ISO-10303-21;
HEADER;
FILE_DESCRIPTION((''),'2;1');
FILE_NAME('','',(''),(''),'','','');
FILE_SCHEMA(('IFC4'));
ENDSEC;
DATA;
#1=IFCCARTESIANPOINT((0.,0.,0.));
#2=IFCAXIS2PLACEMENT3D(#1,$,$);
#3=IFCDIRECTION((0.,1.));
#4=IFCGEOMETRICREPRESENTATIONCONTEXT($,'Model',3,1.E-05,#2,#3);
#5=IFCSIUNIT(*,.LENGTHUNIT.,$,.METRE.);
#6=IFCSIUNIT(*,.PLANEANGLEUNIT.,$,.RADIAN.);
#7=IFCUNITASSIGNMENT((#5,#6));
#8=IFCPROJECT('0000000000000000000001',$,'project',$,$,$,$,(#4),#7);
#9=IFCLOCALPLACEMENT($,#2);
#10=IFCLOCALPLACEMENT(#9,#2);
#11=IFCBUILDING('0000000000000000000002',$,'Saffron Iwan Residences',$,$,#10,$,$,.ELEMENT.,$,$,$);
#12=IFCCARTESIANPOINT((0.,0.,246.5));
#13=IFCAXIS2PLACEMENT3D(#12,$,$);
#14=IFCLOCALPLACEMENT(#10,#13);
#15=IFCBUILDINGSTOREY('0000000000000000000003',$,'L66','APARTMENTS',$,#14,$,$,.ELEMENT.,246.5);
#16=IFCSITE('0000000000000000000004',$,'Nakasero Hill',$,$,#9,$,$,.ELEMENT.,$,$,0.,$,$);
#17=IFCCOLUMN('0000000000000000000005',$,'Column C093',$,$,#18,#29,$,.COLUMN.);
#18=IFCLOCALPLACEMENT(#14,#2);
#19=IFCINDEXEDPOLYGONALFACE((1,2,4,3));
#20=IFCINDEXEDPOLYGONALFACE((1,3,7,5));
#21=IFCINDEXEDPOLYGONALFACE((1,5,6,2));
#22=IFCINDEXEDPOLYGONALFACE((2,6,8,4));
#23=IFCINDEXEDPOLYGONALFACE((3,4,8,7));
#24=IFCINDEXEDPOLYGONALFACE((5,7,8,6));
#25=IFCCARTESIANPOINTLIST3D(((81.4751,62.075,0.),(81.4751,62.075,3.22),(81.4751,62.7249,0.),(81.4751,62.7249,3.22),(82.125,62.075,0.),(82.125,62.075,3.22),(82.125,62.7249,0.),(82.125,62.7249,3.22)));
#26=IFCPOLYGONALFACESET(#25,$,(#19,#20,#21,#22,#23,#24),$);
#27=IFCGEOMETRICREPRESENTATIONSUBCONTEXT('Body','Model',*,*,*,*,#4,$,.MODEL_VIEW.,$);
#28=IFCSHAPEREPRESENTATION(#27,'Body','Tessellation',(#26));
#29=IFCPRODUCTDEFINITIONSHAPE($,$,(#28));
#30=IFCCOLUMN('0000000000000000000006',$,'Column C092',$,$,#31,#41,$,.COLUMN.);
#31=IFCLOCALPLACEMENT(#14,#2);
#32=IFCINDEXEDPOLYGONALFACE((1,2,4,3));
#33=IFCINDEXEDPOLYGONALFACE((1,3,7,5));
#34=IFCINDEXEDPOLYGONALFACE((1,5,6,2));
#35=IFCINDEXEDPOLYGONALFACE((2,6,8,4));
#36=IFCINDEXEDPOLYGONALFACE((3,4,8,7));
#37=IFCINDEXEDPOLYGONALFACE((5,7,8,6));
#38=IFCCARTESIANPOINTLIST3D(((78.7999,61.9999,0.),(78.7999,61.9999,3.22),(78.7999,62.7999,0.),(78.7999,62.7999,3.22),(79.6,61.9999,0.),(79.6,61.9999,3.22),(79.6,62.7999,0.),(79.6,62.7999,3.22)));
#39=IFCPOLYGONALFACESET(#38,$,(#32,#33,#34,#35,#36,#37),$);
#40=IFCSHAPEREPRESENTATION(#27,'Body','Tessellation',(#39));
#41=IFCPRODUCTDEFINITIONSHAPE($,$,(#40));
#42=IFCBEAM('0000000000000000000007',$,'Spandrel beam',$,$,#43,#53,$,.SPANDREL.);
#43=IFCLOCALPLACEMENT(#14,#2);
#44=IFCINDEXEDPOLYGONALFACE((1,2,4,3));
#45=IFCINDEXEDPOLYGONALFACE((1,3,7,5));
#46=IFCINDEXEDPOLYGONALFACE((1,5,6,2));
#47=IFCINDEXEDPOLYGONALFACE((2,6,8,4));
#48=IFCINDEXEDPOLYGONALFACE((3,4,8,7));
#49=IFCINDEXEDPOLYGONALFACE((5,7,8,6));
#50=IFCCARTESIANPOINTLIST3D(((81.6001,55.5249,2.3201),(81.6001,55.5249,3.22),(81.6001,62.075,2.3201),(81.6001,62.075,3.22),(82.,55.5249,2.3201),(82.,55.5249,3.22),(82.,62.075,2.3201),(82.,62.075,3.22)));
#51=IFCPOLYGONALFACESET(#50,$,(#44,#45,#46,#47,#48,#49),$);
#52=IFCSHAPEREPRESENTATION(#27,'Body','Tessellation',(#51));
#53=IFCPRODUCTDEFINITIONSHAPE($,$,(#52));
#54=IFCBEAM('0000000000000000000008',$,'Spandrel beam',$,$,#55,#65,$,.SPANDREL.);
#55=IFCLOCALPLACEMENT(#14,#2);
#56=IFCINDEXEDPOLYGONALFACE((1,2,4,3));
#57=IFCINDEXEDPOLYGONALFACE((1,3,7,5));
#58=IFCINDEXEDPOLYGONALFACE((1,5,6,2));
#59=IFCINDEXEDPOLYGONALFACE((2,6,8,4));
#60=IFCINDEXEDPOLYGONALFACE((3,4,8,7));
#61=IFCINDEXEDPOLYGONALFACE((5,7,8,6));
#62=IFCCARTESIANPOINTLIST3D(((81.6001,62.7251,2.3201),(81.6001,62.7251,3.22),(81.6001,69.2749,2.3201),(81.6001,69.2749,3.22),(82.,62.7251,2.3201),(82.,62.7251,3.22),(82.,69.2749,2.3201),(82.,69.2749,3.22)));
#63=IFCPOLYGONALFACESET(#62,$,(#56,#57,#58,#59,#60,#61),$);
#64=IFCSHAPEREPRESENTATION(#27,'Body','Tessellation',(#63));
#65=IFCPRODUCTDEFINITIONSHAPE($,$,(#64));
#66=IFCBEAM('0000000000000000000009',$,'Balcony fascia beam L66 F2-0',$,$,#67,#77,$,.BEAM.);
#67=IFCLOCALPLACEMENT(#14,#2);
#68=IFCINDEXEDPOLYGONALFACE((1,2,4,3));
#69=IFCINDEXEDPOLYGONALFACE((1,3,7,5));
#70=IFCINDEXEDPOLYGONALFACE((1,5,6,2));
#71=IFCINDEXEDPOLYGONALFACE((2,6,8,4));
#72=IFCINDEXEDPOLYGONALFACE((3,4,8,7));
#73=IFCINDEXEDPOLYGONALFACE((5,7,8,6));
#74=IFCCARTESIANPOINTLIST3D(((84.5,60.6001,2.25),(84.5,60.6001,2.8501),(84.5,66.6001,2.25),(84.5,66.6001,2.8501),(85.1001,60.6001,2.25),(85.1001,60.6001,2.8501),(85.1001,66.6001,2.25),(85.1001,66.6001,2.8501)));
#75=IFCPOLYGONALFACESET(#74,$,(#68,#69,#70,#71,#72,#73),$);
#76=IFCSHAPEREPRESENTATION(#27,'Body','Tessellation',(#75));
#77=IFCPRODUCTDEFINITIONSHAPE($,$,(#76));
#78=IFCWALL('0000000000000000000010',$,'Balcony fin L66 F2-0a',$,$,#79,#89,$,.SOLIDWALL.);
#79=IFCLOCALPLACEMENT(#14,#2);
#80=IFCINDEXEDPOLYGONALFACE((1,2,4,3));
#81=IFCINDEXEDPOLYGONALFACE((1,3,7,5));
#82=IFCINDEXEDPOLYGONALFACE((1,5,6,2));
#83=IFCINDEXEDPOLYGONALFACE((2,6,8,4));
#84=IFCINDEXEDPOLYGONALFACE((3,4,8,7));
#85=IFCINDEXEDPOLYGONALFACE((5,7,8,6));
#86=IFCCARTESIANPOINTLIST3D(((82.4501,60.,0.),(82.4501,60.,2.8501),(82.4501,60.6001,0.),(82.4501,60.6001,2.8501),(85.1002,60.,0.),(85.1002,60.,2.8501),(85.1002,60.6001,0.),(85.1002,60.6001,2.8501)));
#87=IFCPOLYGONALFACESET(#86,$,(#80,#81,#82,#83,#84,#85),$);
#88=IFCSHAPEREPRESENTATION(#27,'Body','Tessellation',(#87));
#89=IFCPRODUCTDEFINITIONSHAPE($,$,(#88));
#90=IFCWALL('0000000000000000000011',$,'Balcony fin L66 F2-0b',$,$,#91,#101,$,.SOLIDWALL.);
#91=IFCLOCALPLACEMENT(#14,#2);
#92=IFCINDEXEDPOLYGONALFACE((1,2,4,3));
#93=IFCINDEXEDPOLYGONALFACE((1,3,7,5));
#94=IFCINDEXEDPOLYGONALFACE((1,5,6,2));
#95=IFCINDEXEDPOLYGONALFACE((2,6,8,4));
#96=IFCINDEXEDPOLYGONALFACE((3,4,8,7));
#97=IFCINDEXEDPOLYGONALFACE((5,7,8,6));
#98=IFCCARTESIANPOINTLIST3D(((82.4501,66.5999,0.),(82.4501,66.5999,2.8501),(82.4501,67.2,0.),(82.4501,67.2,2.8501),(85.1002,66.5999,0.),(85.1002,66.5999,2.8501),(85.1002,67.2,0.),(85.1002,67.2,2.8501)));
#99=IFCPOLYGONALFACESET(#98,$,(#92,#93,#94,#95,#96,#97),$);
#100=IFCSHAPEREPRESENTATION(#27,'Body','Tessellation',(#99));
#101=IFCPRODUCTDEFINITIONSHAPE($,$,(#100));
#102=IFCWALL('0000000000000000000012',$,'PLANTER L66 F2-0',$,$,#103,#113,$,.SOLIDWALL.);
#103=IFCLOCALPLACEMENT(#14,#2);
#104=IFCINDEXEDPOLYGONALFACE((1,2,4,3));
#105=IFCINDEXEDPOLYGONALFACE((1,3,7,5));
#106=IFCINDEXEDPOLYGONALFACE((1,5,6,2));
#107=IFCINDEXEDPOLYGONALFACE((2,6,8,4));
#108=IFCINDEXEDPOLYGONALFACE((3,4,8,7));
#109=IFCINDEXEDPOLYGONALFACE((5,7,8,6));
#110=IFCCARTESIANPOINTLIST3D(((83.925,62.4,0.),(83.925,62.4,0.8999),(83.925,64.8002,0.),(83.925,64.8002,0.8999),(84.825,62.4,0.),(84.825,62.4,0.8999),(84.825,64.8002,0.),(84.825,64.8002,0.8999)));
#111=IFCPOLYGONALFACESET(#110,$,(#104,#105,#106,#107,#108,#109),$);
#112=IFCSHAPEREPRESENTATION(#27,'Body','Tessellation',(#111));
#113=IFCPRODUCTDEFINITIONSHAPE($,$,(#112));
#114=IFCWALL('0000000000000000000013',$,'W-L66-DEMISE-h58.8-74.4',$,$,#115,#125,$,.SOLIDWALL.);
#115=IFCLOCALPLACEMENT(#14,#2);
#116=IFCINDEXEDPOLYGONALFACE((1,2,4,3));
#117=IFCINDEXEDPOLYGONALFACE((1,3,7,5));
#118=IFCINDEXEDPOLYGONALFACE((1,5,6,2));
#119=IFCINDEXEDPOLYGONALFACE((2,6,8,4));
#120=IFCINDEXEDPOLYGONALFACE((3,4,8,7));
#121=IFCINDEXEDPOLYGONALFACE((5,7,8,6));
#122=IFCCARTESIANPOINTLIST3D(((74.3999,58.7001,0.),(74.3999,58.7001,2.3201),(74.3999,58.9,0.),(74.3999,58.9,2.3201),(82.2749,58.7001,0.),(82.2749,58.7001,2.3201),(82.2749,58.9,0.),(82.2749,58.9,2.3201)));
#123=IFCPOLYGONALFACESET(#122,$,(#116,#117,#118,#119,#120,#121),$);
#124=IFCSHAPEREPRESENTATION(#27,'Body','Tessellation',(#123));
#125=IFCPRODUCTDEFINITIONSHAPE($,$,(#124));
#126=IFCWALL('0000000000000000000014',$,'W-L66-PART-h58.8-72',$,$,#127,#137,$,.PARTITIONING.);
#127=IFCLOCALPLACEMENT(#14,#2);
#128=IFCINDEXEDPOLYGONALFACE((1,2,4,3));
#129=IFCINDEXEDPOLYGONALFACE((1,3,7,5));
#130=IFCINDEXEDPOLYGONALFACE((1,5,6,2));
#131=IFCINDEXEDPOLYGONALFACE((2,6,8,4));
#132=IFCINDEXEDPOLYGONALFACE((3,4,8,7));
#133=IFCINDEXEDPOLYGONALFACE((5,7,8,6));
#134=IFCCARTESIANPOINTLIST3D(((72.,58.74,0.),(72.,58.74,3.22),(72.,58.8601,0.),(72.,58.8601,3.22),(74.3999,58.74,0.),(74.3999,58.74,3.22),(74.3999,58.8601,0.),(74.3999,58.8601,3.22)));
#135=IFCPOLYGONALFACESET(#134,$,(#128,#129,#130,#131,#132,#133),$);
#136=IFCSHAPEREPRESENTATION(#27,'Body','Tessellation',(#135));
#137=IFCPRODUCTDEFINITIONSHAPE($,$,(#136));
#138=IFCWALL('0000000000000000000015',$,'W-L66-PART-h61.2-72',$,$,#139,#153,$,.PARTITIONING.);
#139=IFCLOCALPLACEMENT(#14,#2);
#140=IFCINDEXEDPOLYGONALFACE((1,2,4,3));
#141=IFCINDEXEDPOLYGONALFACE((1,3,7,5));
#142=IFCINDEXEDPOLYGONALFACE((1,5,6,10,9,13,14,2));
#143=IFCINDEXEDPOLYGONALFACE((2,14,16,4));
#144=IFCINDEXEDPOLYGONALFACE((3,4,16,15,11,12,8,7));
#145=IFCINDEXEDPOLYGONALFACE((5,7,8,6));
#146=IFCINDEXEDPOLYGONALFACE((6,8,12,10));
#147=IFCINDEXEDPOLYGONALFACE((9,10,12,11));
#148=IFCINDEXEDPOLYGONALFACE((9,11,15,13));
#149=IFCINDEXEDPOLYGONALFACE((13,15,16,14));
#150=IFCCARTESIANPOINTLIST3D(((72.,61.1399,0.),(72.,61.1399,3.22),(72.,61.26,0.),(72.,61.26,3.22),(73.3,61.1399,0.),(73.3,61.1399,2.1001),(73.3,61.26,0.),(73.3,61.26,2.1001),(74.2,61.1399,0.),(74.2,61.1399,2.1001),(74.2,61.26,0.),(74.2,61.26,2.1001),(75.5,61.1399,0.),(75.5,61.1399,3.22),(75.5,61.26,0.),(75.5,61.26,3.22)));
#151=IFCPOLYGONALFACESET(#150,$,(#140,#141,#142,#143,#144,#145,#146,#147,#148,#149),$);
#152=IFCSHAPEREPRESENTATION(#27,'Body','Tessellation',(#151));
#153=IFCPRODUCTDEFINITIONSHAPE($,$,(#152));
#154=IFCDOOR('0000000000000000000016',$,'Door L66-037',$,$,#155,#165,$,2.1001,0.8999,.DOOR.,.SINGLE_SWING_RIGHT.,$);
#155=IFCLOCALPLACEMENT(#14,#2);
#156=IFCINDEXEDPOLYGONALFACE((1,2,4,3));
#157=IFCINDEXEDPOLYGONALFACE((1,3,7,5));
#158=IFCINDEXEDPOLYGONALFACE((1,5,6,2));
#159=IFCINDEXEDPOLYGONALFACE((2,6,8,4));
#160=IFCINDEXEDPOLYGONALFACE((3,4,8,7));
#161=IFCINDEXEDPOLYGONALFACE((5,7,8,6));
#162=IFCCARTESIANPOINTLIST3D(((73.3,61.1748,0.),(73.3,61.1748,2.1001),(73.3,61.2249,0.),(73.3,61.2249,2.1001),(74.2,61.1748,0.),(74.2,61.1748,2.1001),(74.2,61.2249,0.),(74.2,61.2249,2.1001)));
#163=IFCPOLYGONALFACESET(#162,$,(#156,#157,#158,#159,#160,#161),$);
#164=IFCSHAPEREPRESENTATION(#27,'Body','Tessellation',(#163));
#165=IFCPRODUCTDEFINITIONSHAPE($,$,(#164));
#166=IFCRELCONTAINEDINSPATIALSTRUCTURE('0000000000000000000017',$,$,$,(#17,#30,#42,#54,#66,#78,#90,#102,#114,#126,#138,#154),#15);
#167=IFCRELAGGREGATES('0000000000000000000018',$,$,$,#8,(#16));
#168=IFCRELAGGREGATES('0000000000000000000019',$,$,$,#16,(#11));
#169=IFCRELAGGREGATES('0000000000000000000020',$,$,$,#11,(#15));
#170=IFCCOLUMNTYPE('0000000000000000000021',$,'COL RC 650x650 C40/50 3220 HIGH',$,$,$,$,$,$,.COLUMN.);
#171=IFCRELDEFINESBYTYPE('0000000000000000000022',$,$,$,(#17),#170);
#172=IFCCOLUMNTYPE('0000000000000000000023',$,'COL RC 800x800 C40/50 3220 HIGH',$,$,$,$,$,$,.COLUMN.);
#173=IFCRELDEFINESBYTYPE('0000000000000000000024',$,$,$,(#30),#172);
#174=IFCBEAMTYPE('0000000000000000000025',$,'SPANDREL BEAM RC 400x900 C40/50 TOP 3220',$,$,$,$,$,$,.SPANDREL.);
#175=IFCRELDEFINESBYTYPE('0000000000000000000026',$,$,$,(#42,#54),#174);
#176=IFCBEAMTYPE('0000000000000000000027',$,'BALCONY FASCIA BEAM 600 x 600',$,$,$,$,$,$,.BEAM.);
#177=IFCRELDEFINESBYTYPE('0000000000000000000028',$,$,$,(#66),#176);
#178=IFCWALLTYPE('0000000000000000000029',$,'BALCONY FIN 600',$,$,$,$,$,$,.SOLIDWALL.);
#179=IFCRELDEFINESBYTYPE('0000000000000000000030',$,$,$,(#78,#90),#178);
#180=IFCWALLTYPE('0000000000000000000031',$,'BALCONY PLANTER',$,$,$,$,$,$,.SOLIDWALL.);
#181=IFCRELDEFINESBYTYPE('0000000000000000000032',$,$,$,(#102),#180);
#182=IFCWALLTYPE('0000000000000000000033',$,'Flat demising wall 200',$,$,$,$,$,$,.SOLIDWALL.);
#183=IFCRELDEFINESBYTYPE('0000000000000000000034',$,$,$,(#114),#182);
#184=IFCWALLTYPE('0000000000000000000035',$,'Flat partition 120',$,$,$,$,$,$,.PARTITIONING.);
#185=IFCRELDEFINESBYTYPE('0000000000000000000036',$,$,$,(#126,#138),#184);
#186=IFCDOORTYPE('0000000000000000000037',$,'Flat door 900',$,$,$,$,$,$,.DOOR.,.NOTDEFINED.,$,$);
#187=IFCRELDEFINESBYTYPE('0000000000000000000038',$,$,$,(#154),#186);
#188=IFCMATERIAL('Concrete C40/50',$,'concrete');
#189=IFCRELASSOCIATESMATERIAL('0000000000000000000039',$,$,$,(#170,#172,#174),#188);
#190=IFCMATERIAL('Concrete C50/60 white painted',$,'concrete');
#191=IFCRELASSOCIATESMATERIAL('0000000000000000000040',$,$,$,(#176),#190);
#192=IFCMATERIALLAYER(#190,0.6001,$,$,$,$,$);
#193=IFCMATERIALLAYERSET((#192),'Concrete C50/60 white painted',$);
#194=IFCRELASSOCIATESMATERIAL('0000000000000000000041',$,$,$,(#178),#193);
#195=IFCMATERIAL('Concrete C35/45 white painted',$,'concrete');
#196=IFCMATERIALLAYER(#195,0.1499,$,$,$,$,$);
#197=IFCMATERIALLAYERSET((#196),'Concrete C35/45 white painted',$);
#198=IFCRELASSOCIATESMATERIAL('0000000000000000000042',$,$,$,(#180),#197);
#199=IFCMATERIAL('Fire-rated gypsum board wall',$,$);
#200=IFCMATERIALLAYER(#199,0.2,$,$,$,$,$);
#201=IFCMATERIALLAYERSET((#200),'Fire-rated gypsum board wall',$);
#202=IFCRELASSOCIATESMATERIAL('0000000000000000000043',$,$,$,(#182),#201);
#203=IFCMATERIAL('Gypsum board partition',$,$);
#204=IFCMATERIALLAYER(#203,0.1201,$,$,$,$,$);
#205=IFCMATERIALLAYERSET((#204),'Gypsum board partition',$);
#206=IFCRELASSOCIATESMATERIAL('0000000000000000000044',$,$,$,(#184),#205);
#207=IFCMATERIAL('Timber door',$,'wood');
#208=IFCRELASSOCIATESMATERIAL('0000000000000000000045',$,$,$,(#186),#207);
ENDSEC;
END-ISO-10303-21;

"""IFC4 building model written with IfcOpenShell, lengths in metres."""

from ifc_helpers import new_model, si_unit, direction, frame, frame_2d, origin, origin_2d, place, context, subcontext, project, spatial, rectangle, extrude, source, transform, mapped, material, layer, layer_set, material_profile, profile_set, type_object, element, fill, save


model = new_model("IFC4")

# Units and contexts
model_context = context("Model", 3, precision=1e-05, world=origin(), true_north=direction((0.0, 1.0)))
body_context = subcontext(model_context, "Body", "Model", "MODEL_VIEW")
ifc_project = project(units=[si_unit("LENGTHUNIT", "METRE"), si_unit("PLANEANGLEUNIT", "RADIAN")], contexts=[model_context])

# Site, building, storey
site_placement = place(None, origin())
site = spatial("IfcSite", under=ifc_project, at=site_placement, Name="Nakasero Hill", CompositionType="ELEMENT", RefElevation=0.0)
building_placement = place(site_placement, origin())
building = spatial("IfcBuilding", under=site, at=building_placement, Name="Saffron Iwan Residences", CompositionType="ELEMENT")
storey_placement = place(building_placement, frame((0.0, 0.0, 246.5)))
storey = spatial("IfcBuildingStorey", under=building, at=storey_placement, Name="L66", Description="APARTMENTS", CompositionType="ELEMENT", Elevation=246.5)

# Columns
ifc_material_1 = material(Name="Concrete C40/50", Category="concrete")
ifc_material_profile_1 = material_profile(ifc_material_1, rectangle(XDim=0.6499, YDim=0.6499, at=origin_2d()), Name="RC 650x650")
ifc_profile_set_1 = profile_set([ifc_material_profile_1], Name="Concrete C40/50")
column_type_1 = type_object("IfcColumnType", Name="COL RC 650x650 C40/50 3220 HIGH", PredefinedType="COLUMN", material=ifc_profile_set_1)
shared_shape_1 = source(origin(), body_context, "Body", "SweptSolid", [
    extrude(rectangle(XDim=0.6499, YDim=0.6499, at=origin_2d()), origin(), (0.0, 0.0, 1.0), 3.22),
])
column_1_placement = place(storey_placement, frame((81.8, 62.3999, 0.0), z_axis=(0.0, 0.0, 1.0), x_axis=(1.0, 0.0, 0.0)))
element("IfcColumn", 1, at=column_1_placement, inside=storey, type_object=column_type_1, Name="Column C093", PredefinedType="COLUMN", context=body_context, shape_type="MappedRepresentation", body=[
    mapped(shared_shape_1, transform((0.0, 0.0, 0.0))),
])
ifc_material_profile_2 = material_profile(ifc_material_1, rectangle(XDim=0.8, YDim=0.8, at=origin_2d()), Name="RC 800x800")
ifc_profile_set_2 = profile_set([ifc_material_profile_2], Name="Concrete C40/50")
column_type_2 = type_object("IfcColumnType", Name="COL RC 800x800 C40/50 3220 HIGH", PredefinedType="COLUMN", material=ifc_profile_set_2)
shared_shape_2 = source(origin(), body_context, "Body", "SweptSolid", [
    extrude(rectangle(XDim=0.8, YDim=0.8, at=origin_2d()), origin(), (0.0, 0.0, 1.0), 3.22),
])
column_2_placement = place(storey_placement, frame((79.2, 62.3999, 0.0), z_axis=(0.0, 0.0, 1.0), x_axis=(1.0, 0.0, 0.0)))
element("IfcColumn", 2, at=column_2_placement, inside=storey, type_object=column_type_2, Name="Column C092", PredefinedType="COLUMN", context=body_context, shape_type="MappedRepresentation", body=[
    mapped(shared_shape_2, transform((0.0, 0.0, 0.0))),
])

# Beams
ifc_material_profile_3 = material_profile(ifc_material_1, rectangle(XDim=0.3999, YDim=0.8999, at=origin_2d()), Name="RC 400x900")
ifc_profile_set_3 = profile_set([ifc_material_profile_3], Name="Concrete C40/50")
beam_type_1 = type_object("IfcBeamType", Name="SPANDREL BEAM RC 400x900 C40/50 TOP 3220", PredefinedType="SPANDREL", material=ifc_profile_set_3)
shared_shape_3 = source(origin(), body_context, "Body", "SweptSolid", [
    extrude(rectangle(XDim=0.3999, YDim=0.8999, at=origin_2d()), origin(), (0.0, 0.0, 1.0), 6.55),
])
beam_1_placement = place(storey_placement, frame((81.8, 62.075, 2.77), z_axis=(0.0, -1.0, 0.0), x_axis=(1.0, 0.0, 0.0)))
element("IfcBeam", 3, at=beam_1_placement, inside=storey, type_object=beam_type_1, Name="Spandrel beam", PredefinedType="SPANDREL", context=body_context, shape_type="MappedRepresentation", body=[
    mapped(shared_shape_3, transform((0.0, 0.0, 0.0))),
])
shared_shape_4 = source(origin(), body_context, "Body", "SweptSolid", [
    extrude(rectangle(XDim=0.3999, YDim=0.8999, at=origin_2d()), origin(), (0.0, 0.0, 1.0), 6.5498),
])
beam_2_placement = place(storey_placement, frame((81.8, 69.2749, 2.77), z_axis=(0.0, -1.0, 0.0), x_axis=(1.0, 0.0, 0.0)))
element("IfcBeam", 4, at=beam_2_placement, inside=storey, type_object=beam_type_1, Name="Spandrel beam", PredefinedType="SPANDREL", context=body_context, shape_type="MappedRepresentation", body=[
    mapped(shared_shape_4, transform((0.0, 0.0, 0.0))),
])
ifc_material_2 = material(Name="Concrete C50/60 white painted", Category="concrete")
ifc_material_profile_4 = material_profile(ifc_material_2, rectangle(XDim=0.6001, YDim=0.6001, at=origin_2d()), Name="BALCONY FASCIA BEAM 600 x 600")
ifc_profile_set_4 = profile_set([ifc_material_profile_4], Name="Concrete C50/60 white painted")
beam_type_2 = type_object("IfcBeamType", Name="BALCONY FASCIA BEAM 600 x 600", PredefinedType="BEAM", material=ifc_profile_set_4)
shared_shape_5 = source(origin(), body_context, "Body", "SweptSolid", [
    extrude(rectangle(XDim=0.6001, YDim=0.6001, at=origin_2d()), origin(), (0.0, 0.0, 1.0), 6.0),
])
beam_3_placement = place(storey_placement, frame((84.8, 60.6001, 2.55), z_axis=(0.0, 1.0, 0.0), x_axis=(-1.0, 0.0, 0.0)))
element("IfcBeam", 5, at=beam_3_placement, inside=storey, type_object=beam_type_2, Name="Balcony fascia beam L66 F2-0", PredefinedType="BEAM", context=body_context, shape_type="MappedRepresentation", body=[
    mapped(shared_shape_5, transform((0.0, 0.0, 0.0))),
])

# Walls
ifc_layer_1 = layer(ifc_material_2, 0.6001)
ifc_layer_set_1 = layer_set([ifc_layer_1], Name="Concrete C50/60 white painted")
wall_type_1 = type_object("IfcWallType", Name="BALCONY FIN 600", PredefinedType="SOLIDWALL", material=ifc_layer_set_1)
for number, where, z_axis, x_axis, name in (
    (6, (82.45, 60.3, 0.0), (0.0, 0.0, 1.0), (1.0, 0.0, 0.0), "Balcony fin L66 F2-0a"),
    (7, (82.45, 66.8999, 0.0), (0.0, 0.0, 1.0), (1.0, 0.0, 0.0), "Balcony fin L66 F2-0b"),
):
    element("IfcWall", number, at=place(storey_placement, frame(where, z_axis=z_axis, x_axis=x_axis)), inside=storey, type_object=wall_type_1, Name=name, PredefinedType="SOLIDWALL", context=body_context, shape_type="SweptSolid", body=[
        extrude(rectangle(XDim=2.6501, YDim=0.6001, at=frame_2d((1.3252, 0.0))), origin(), (0.0, 0.0, 1.0), 2.8501),
    ])
ifc_material_3 = material(Name="Concrete C35/45 white painted", Category="concrete")
ifc_layer_2 = layer(ifc_material_3, 0.1499)
ifc_layer_set_2 = layer_set([ifc_layer_2], Name="Concrete C35/45 white painted")
wall_type_2 = type_object("IfcWallType", Name="BALCONY PLANTER", PredefinedType="SOLIDWALL", material=ifc_layer_set_2)
wall_1_placement = place(storey_placement, frame((84.375, 62.3999, 0.0), z_axis=(0.0, 0.0, 1.0), x_axis=(0.0, 1.0, 0.0)))
element("IfcWall", 8, at=wall_1_placement, inside=storey, type_object=wall_type_2, Name="PLANTER L66 F2-0", PredefinedType="SOLIDWALL", context=body_context, shape_type="SweptSolid", body=[
    extrude(rectangle(XDim=2.4001, YDim=0.8999, at=frame_2d((1.2002, 0.0))), origin(), (0.0, 0.0, 1.0), 0.8999),
])
ifc_material_4 = material(Name="Fire-rated gypsum board wall")
ifc_layer_3 = layer(ifc_material_4, 0.2)
ifc_layer_set_3 = layer_set([ifc_layer_3], Name="Fire-rated gypsum board wall")
wall_type_3 = type_object("IfcWallType", Name="Flat demising wall 200", PredefinedType="SOLIDWALL", material=ifc_layer_set_3)
wall_2_placement = place(storey_placement, frame((74.3999, 58.8, 0.0), z_axis=(0.0, 0.0, 1.0), x_axis=(1.0, 0.0, 0.0)))
element("IfcWall", 9, at=wall_2_placement, inside=storey, type_object=wall_type_3, Name="W-L66-DEMISE-h58.8-74.4", PredefinedType="SOLIDWALL", context=body_context, shape_type="SweptSolid", body=[
    extrude(rectangle(XDim=7.875, YDim=0.2, at=frame_2d((3.9375, 0.0))), origin(), (0.0, 0.0, 1.0), 2.3201),
])
ifc_material_5 = material(Name="Gypsum board partition")
ifc_layer_4 = layer(ifc_material_5, 0.1201)
ifc_layer_set_4 = layer_set([ifc_layer_4], Name="Gypsum board partition")
wall_type_4 = type_object("IfcWallType", Name="Flat partition 120", PredefinedType="PARTITIONING", material=ifc_layer_set_4)
wall_3_placement = place(storey_placement, frame((72.0, 58.8, 0.0), z_axis=(0.0, 0.0, 1.0), x_axis=(1.0, 0.0, 0.0)))
element("IfcWall", 10, at=wall_3_placement, inside=storey, type_object=wall_type_4, Name="W-L66-PART-h58.8-72", PredefinedType="PARTITIONING", context=body_context, shape_type="SweptSolid", body=[
    extrude(rectangle(XDim=2.3999, YDim=0.1201, at=frame_2d((1.2, 0.0))), origin(), (0.0, 0.0, 1.0), 3.22),
])

# Wall, opening, door
wall_4_placement = place(storey_placement, frame((72.0, 61.2, 0.0), z_axis=(0.0, 0.0, 1.0), x_axis=(1.0, 0.0, 0.0)))
wall_4 = element("IfcWall", 11, at=wall_4_placement, inside=storey, type_object=wall_type_4, Name="W-L66-PART-h61.2-72", PredefinedType="PARTITIONING", context=body_context, shape_type="SweptSolid", body=[
    extrude(rectangle(XDim=3.5, YDim=0.1201, at=frame_2d((1.75, 0.0))), origin(), (0.0, 0.0, 1.0), 3.22),
])
opening_1_placement = place(wall_4_placement, frame((1.3, 0.0, 0.0)))
opening_1 = element("IfcOpeningElement", 12, at=opening_1_placement, cuts=wall_4, PredefinedType="OPENING", context=body_context, shape_type="SweptSolid", body=[
    extrude(rectangle(XDim=0.8999, YDim=2.1001, at=frame_2d((0.45, 1.05))), frame((0.0, 0.0701, 0.0), z_axis=(0.0, -1.0, 0.0), x_axis=(1.0, 0.0, 0.0)), (0.0, 0.0, 1.0), 0.1401),
])
ifc_material_6 = material(Name="Timber door", Category="wood")
door_type_1 = type_object("IfcDoorType", Name="Flat door 900", OperationType="NOTDEFINED", PredefinedType="DOOR", material=ifc_material_6)
door_1_placement = place(opening_1_placement, origin())
door_1 = element("IfcDoor", 13, at=door_1_placement, inside=storey, type_object=door_type_1, Name="Door L66-037", OperationType="SINGLE_SWING_RIGHT", OverallHeight=2.1001, OverallWidth=0.8999, PredefinedType="DOOR", context=body_context, shape_type="SweptSolid", body=[
    extrude(rectangle(XDim=0.8999, YDim=2.1001, at=frame_2d((0.45, 1.05))), frame((0.0, 0.0249, 0.0), z_axis=(0.0, -1.0, 0.0), x_axis=(1.0, 0.0, 0.0)), (0.0, 0.0, 1.0), 0.05),
])
fill(opening_1, door_1)

save(model, "model.ifc")
